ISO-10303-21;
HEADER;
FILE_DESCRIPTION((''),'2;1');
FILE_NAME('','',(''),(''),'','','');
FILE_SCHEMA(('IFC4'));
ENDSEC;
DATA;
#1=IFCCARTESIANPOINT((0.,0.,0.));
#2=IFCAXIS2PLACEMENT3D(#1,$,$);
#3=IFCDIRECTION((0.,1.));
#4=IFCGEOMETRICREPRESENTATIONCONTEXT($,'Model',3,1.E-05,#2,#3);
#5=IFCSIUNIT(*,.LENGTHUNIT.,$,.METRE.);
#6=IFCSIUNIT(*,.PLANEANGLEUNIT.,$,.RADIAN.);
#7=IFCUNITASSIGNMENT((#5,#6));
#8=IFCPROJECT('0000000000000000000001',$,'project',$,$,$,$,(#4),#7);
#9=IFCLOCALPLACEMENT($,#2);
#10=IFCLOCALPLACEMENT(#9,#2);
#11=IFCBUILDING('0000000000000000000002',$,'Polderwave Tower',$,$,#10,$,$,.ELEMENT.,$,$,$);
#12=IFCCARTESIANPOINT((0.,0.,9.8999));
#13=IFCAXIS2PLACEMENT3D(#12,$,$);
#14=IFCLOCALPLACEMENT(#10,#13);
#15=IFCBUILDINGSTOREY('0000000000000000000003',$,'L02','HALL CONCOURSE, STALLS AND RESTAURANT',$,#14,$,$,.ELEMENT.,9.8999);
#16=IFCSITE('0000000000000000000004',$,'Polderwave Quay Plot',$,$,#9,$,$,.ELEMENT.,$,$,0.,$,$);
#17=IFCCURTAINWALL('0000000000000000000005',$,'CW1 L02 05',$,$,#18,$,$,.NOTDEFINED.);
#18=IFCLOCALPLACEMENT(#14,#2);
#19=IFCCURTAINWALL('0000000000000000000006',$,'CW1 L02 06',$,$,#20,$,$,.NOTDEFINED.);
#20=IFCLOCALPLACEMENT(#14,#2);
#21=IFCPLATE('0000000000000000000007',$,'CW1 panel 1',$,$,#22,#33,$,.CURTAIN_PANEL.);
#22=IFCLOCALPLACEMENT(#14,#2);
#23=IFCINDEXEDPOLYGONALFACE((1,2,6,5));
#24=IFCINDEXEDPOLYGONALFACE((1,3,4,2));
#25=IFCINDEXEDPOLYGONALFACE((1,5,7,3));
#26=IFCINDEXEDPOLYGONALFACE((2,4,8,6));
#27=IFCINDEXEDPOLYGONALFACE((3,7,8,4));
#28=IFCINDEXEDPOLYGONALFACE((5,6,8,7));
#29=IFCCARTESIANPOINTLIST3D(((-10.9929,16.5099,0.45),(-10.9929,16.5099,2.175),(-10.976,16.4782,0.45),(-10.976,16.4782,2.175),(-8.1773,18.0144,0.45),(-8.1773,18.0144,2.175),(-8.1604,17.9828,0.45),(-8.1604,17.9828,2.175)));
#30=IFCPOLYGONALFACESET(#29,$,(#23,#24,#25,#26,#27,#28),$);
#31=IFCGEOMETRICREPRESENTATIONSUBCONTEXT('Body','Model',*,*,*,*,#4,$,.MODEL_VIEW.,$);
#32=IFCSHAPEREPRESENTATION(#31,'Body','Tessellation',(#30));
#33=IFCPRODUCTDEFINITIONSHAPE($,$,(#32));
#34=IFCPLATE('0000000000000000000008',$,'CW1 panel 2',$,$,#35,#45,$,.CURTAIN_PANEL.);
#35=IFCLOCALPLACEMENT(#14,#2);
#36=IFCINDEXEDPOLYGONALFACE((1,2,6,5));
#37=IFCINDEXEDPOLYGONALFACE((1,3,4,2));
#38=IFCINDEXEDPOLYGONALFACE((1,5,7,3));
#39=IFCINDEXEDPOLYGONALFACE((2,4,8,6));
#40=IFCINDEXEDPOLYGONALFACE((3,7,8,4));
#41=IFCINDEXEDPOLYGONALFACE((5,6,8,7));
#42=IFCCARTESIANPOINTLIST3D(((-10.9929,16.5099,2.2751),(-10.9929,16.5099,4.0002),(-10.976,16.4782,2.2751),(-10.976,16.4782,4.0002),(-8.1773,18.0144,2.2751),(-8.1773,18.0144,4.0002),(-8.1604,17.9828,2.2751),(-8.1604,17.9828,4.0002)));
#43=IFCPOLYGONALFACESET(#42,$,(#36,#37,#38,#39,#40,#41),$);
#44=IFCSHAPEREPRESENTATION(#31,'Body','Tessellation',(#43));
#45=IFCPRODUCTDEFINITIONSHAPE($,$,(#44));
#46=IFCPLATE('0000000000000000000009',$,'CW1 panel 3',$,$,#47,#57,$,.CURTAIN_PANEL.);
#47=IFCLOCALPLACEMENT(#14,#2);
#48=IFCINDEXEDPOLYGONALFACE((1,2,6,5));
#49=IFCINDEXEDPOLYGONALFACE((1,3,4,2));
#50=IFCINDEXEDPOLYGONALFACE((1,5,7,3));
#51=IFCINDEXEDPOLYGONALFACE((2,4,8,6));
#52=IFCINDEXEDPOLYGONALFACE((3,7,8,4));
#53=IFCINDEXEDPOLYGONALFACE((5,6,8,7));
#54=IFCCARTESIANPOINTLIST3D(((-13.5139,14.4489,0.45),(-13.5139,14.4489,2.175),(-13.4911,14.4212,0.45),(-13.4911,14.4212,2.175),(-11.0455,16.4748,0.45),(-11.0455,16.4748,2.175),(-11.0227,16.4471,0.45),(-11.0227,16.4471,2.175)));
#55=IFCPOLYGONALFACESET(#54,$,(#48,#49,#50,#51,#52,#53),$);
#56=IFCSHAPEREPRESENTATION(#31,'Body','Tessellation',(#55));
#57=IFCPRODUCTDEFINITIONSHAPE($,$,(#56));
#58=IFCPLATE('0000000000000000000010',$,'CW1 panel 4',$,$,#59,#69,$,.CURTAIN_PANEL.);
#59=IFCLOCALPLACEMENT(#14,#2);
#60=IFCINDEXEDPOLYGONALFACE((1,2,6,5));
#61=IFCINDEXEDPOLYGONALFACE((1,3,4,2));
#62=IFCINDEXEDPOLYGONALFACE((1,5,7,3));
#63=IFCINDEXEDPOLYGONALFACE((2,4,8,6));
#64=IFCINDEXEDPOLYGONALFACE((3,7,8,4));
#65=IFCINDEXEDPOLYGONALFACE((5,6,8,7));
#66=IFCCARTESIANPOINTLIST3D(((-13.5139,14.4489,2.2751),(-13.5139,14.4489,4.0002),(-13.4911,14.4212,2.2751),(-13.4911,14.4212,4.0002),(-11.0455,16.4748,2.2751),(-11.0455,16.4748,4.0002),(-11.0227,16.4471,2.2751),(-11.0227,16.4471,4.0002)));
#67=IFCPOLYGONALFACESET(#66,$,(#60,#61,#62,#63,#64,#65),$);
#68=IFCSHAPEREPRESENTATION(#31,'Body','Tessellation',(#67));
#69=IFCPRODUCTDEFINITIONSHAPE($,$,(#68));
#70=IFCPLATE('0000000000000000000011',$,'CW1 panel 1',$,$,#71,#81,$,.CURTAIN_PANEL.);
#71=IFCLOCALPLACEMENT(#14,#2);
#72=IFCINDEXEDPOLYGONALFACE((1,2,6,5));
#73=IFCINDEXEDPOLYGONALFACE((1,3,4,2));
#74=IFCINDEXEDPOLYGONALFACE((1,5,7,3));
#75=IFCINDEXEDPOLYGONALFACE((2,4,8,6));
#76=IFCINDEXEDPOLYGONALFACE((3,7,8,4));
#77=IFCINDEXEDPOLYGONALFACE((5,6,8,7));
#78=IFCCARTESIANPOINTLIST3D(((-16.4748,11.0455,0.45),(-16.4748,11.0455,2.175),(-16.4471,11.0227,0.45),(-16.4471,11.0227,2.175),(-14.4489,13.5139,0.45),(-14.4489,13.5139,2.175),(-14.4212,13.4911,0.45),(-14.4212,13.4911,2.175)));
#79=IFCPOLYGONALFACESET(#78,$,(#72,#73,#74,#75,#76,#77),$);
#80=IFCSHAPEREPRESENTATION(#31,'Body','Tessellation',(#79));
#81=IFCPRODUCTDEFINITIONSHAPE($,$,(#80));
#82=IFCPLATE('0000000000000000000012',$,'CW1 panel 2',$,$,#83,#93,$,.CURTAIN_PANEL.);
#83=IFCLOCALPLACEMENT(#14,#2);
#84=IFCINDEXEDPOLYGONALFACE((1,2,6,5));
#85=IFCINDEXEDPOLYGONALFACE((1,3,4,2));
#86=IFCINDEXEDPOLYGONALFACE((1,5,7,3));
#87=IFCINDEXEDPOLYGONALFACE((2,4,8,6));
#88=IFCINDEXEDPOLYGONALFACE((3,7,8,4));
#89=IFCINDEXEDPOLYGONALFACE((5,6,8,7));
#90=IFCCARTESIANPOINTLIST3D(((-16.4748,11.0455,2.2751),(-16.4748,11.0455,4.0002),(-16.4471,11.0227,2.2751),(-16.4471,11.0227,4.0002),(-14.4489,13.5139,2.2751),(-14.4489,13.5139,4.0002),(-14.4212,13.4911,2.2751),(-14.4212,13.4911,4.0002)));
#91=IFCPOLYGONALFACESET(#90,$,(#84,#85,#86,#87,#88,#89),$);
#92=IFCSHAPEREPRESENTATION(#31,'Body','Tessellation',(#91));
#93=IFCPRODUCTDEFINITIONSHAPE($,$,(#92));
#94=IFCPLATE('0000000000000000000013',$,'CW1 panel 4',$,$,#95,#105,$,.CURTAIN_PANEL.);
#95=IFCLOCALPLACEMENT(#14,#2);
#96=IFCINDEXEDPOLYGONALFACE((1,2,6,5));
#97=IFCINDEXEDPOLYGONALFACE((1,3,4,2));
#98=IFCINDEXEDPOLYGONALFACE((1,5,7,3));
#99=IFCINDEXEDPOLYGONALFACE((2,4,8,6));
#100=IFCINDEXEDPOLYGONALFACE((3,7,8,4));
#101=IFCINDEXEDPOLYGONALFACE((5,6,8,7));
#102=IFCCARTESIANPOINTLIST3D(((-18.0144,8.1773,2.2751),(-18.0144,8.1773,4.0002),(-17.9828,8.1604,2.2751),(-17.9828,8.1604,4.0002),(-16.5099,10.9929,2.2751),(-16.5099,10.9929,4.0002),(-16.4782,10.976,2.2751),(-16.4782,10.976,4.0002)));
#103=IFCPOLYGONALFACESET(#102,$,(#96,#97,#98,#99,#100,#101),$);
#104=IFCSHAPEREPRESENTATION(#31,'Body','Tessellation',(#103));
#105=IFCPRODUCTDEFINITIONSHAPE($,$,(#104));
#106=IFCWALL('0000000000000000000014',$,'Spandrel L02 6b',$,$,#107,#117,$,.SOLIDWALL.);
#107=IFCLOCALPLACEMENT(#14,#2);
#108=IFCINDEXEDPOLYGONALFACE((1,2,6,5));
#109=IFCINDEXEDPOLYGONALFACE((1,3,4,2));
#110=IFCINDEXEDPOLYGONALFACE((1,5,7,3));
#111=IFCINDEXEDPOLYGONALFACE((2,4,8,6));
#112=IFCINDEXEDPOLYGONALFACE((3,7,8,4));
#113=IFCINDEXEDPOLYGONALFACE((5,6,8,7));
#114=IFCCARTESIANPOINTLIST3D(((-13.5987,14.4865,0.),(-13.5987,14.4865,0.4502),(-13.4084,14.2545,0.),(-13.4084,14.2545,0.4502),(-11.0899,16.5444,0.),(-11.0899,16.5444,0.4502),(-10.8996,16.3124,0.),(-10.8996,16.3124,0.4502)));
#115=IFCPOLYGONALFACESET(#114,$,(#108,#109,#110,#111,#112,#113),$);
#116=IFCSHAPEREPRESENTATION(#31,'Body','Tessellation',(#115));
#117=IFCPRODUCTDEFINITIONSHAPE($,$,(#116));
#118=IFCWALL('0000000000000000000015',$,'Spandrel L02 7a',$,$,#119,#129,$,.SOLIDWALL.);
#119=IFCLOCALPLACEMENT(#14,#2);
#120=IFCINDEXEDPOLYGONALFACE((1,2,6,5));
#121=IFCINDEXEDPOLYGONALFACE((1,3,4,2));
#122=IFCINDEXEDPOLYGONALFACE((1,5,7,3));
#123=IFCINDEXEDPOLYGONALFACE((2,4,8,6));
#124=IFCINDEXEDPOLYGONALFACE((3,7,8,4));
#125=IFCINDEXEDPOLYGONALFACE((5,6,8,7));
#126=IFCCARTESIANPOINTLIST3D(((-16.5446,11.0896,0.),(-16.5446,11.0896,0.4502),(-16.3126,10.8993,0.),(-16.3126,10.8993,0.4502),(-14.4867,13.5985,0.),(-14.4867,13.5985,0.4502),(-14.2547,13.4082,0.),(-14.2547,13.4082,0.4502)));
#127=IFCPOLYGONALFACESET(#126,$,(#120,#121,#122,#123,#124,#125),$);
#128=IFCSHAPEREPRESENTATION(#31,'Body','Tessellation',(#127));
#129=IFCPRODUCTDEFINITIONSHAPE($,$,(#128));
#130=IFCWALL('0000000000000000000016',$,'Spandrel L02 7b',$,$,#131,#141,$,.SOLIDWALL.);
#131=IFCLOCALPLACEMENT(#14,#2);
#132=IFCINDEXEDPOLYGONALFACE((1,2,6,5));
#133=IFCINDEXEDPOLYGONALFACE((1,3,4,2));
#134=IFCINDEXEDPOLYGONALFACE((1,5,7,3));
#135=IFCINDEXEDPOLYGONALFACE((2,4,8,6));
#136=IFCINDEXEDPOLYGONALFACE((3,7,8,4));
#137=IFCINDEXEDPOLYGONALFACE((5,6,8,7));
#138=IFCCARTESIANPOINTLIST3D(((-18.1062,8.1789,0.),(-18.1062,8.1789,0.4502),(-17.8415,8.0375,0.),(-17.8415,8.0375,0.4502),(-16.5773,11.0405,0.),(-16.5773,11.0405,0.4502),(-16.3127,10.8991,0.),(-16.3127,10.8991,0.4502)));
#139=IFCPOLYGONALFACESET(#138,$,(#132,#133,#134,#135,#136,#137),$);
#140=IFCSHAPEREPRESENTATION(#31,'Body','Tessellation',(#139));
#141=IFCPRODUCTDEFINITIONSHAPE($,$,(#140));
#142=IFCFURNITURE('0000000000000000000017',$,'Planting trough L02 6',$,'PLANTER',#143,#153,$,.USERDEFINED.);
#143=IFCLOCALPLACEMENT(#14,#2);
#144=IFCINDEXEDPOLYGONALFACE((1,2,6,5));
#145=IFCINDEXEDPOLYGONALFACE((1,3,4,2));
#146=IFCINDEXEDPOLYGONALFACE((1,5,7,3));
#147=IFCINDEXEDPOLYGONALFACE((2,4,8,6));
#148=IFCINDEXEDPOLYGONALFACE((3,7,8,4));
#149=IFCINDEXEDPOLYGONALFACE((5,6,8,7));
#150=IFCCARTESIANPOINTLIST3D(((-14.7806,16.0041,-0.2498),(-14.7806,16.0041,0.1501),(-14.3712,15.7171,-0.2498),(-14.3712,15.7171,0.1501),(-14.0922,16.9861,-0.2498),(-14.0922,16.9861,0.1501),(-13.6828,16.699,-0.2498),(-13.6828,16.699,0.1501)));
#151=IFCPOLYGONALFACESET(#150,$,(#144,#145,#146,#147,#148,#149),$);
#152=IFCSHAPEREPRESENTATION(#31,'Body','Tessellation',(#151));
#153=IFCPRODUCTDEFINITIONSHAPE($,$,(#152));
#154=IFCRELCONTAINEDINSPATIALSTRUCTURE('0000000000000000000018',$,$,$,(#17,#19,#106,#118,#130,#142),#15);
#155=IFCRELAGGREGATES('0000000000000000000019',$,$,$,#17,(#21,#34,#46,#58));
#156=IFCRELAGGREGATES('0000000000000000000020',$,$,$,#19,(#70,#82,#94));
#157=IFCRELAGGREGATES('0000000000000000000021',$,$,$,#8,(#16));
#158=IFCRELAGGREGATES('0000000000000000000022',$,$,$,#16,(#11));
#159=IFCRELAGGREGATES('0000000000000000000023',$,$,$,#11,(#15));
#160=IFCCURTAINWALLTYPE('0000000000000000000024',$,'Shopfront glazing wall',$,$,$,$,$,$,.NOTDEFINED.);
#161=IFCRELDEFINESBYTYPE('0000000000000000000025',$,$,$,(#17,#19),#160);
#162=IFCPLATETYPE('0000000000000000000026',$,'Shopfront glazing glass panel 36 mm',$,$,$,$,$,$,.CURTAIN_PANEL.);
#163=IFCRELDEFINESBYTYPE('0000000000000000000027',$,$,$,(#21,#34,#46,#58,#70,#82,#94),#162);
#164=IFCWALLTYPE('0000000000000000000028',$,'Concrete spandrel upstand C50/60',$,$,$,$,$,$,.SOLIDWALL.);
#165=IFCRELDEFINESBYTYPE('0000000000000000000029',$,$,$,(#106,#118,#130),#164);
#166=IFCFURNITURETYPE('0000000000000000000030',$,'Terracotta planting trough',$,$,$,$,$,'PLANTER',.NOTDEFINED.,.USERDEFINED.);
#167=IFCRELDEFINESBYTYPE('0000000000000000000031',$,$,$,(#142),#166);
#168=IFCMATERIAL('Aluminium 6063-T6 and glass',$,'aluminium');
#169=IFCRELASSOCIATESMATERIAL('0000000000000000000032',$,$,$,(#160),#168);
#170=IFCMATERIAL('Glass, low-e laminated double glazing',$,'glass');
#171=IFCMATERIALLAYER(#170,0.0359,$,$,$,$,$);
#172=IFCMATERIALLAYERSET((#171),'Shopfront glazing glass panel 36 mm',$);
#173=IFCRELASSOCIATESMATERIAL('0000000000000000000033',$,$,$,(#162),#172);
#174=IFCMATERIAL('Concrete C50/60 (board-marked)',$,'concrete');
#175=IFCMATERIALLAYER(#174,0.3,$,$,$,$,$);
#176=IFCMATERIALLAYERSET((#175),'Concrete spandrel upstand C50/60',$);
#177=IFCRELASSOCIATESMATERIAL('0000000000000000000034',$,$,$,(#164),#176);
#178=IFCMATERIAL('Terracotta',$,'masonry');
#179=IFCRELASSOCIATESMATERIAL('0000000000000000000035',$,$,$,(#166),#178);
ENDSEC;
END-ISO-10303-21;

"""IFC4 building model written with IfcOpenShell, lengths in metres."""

from ifc_helpers import new_model, si_unit, direction, frame, frame_2d, origin, origin_2d, place, context, subcontext, project, spatial, rectangle, extrude, material, layer, layer_set, type_object, element, aggregate, save


model = new_model("IFC4")

# Units and contexts
model_context = context("Model", 3, precision=1e-05, world=origin(), true_north=direction((0.0, 1.0)))
body_context = subcontext(model_context, "Body", "Model", "MODEL_VIEW")
ifc_project = project(units=[si_unit("LENGTHUNIT", "METRE"), si_unit("PLANEANGLEUNIT", "RADIAN")], contexts=[model_context])

# Site, building, storey
site_placement = place(None, origin())
site = spatial("IfcSite", under=ifc_project, at=site_placement, Name="Polderwave Quay Plot", CompositionType="ELEMENT", RefElevation=0.0)
building_placement = place(site_placement, origin())
building = spatial("IfcBuilding", under=site, at=building_placement, Name="Polderwave Tower", CompositionType="ELEMENT")
storey_placement = place(building_placement, frame((0.0, 0.0, 9.8999)))
storey = spatial("IfcBuildingStorey", under=building, at=storey_placement, Name="L02", Description="HALL CONCOURSE, STALLS AND RESTAURANT", CompositionType="ELEMENT", Elevation=9.8999)

# Curtain walls
ifc_material_1 = material(Name="Aluminium 6063-T6 and glass", Category="aluminium")
curtain_wall_type = type_object("IfcCurtainWallType", Name="Shopfront glazing wall", PredefinedType="NOTDEFINED", material=ifc_material_1)
curtain_wall_1_placement = place(storey_placement, origin())
curtain_wall_1 = element("IfcCurtainWall", 1, at=curtain_wall_1_placement, inside=storey, type_object=curtain_wall_type, Name="CW1 L02 05", PredefinedType="NOTDEFINED")
curtain_wall_2_placement = place(storey_placement, origin())
curtain_wall_2 = element("IfcCurtainWall", 2, at=curtain_wall_2_placement, inside=storey, type_object=curtain_wall_type, Name="CW1 L02 06", PredefinedType="NOTDEFINED")

# Plates
ifc_material_2 = material(Name="Glass, low-e laminated double glazing", Category="glass")
ifc_layer_1 = layer(ifc_material_2, 0.0359)
ifc_layer_set_1 = layer_set([ifc_layer_1], Name="Shopfront glazing glass panel 36 mm")
plate_type = type_object("IfcPlateType", Name="Shopfront glazing glass panel 36 mm", PredefinedType="CURTAIN_PANEL", material=ifc_layer_set_1)
plate_1_placement = place(storey_placement, frame((-9.5767, 17.2463, 0.45), z_axis=(0.0, 0.0, 1.0), x_axis=(-0.881973, -0.4713, 0.0)))
plate_1 = element("IfcPlate", 3, at=plate_1_placement, type_object=plate_type, Name="CW1 panel 1", PredefinedType="CURTAIN_PANEL", context=body_context, shape_type="SweptSolid", body=[
    extrude(rectangle(XDim=3.1924, YDim=0.0359, at=origin_2d()), origin(), (0.0, 0.0, 1.0), 1.7251),
])
plate_2_placement = place(storey_placement, frame((-9.5767, 17.2463, 2.2751), z_axis=(0.0, 0.0, 1.0), x_axis=(-0.881973, -0.4713, 0.0)))
plate_2 = element("IfcPlate", 4, at=plate_2_placement, type_object=plate_type, Name="CW1 panel 2", PredefinedType="CURTAIN_PANEL", context=body_context, shape_type="SweptSolid", body=[
    extrude(rectangle(XDim=3.1924, YDim=0.0359, at=origin_2d()), origin(), (0.0, 0.0, 1.0), 1.7251),
])
plate_3_placement = place(storey_placement, frame((-12.2683, 15.448, 0.45), z_axis=(0.0, 0.0, 1.0), x_axis=(-0.772993, -0.634415, 0.0)))
plate_3 = element("IfcPlate", 5, at=plate_3_placement, type_object=plate_type, Name="CW1 panel 3", PredefinedType="CURTAIN_PANEL", context=body_context, shape_type="SweptSolid", body=[
    extrude(rectangle(XDim=3.1934, YDim=0.0359, at=origin_2d()), origin(), (0.0, 0.0, 1.0), 1.7251),
])
plate_4_placement = place(storey_placement, frame((-12.2683, 15.448, 2.2751), z_axis=(0.0, 0.0, 1.0), x_axis=(-0.772993, -0.634415, 0.0)))
plate_4 = element("IfcPlate", 6, at=plate_4_placement, type_object=plate_type, Name="CW1 panel 4", PredefinedType="CURTAIN_PANEL", context=body_context, shape_type="SweptSolid", body=[
    extrude(rectangle(XDim=3.1934, YDim=0.0359, at=origin_2d()), origin(), (0.0, 0.0, 1.0), 1.7251),
])
aggregate(curtain_wall_1, [plate_1, plate_2, plate_3, plate_4])
plate_5_placement = place(storey_placement, frame((-15.448, 12.2683, 0.45), z_axis=(0.0, 0.0, 1.0), x_axis=(-0.634415, -0.772993, 0.0)))
plate_5 = element("IfcPlate", 7, at=plate_5_placement, type_object=plate_type, Name="CW1 panel 1", PredefinedType="CURTAIN_PANEL", context=body_context, shape_type="SweptSolid", body=[
    extrude(rectangle(XDim=3.1934, YDim=0.0359, at=origin_2d()), origin(), (0.0, 0.0, 1.0), 1.7251),
])
plate_6_placement = place(storey_placement, frame((-15.448, 12.2683, 2.2751), z_axis=(0.0, 0.0, 1.0), x_axis=(-0.634415, -0.772993, 0.0)))
plate_6 = element("IfcPlate", 8, at=plate_6_placement, type_object=plate_type, Name="CW1 panel 2", PredefinedType="CURTAIN_PANEL", context=body_context, shape_type="SweptSolid", body=[
    extrude(rectangle(XDim=3.1934, YDim=0.0359, at=origin_2d()), origin(), (0.0, 0.0, 1.0), 1.7251),
])
plate_7_placement = place(storey_placement, frame((-17.2463, 9.5767, 2.2751), z_axis=(0.0, 0.0, 1.0), x_axis=(-0.4713, -0.881973, 0.0)))
plate_7 = element("IfcPlate", 9, at=plate_7_placement, type_object=plate_type, Name="CW1 panel 4", PredefinedType="CURTAIN_PANEL", context=body_context, shape_type="SweptSolid", body=[
    extrude(rectangle(XDim=3.1924, YDim=0.0359, at=origin_2d()), origin(), (0.0, 0.0, 1.0), 1.7251),
])
aggregate(curtain_wall_2, [plate_5, plate_6, plate_7])

# Walls
ifc_material_3 = material(Name="Concrete C50/60 (board-marked)", Category="concrete")
ifc_layer_2 = layer(ifc_material_3, 0.3)
ifc_layer_set_2 = layer_set([ifc_layer_2], Name="Concrete spandrel upstand C50/60")
wall_type = type_object("IfcWallType", Name="Concrete spandrel upstand C50/60", PredefinedType="SOLIDWALL", material=ifc_layer_set_2)
for number, where, z_axis, x_axis, name in (
    (10, (-10.9946, 16.4285, 0.0), (0.0, 0.0, 1.0), (-0.773169, -0.6342, 0.0), "Spandrel L02 6b"),
    (11, (-14.3706, 13.5034, 0.0), (0.0, 0.0, 1.0), (-0.6342, -0.773169, 0.0), "Spandrel L02 7a"),
):
    element("IfcWall", number, at=place(storey_placement, frame(where, z_axis=z_axis, x_axis=x_axis)), inside=storey, type_object=wall_type, Name=name, PredefinedType="SOLIDWALL", context=body_context, shape_type="SweptSolid", body=[
        extrude(rectangle(XDim=3.2449, YDim=0.3, at=frame_2d((1.6226, 0.0))), origin(), (0.0, 0.0, 1.0), 0.4502),
    ])
wall_placement = place(storey_placement, frame((-16.4451, 10.9697, 0.0), z_axis=(0.0, 0.0, 1.0), x_axis=(-0.471221, -0.882015, 0.0)))
element("IfcWall", 12, at=wall_placement, inside=storey, type_object=wall_type, Name="Spandrel L02 7b", PredefinedType="SOLIDWALL", context=body_context, shape_type="SweptSolid", body=[
    extrude(rectangle(XDim=3.2444, YDim=0.3, at=frame_2d((1.6221, 0.0))), origin(), (0.0, 0.0, 1.0), 0.4502),
])

# Furniture
ifc_material_4 = material(Name="Terracotta", Category="masonry")
furniture_type = type_object("IfcFurnitureType", Name="Terracotta planting trough", ElementType="PLANTER", AssemblyPlace="NOTDEFINED", PredefinedType="USERDEFINED", material=ifc_material_4)
furniture_placement = place(storey_placement, frame((-14.2317, 16.3516, -0.2498), z_axis=(0.0, 0.0, 1.0), x_axis=(-0.574017, -0.818844, 0.0)))
element("IfcFurniture", 13, at=furniture_placement, inside=storey, type_object=furniture_type, Name="Planting trough L02 6", ObjectType="PLANTER", PredefinedType="USERDEFINED", context=body_context, shape_type="SweptSolid", body=[
    extrude(rectangle(XDim=1.1992, YDim=0.5, at=origin_2d()), origin(), (0.0, 0.0, 1.0), 0.3999),
])

save(model, "model.ifc")
